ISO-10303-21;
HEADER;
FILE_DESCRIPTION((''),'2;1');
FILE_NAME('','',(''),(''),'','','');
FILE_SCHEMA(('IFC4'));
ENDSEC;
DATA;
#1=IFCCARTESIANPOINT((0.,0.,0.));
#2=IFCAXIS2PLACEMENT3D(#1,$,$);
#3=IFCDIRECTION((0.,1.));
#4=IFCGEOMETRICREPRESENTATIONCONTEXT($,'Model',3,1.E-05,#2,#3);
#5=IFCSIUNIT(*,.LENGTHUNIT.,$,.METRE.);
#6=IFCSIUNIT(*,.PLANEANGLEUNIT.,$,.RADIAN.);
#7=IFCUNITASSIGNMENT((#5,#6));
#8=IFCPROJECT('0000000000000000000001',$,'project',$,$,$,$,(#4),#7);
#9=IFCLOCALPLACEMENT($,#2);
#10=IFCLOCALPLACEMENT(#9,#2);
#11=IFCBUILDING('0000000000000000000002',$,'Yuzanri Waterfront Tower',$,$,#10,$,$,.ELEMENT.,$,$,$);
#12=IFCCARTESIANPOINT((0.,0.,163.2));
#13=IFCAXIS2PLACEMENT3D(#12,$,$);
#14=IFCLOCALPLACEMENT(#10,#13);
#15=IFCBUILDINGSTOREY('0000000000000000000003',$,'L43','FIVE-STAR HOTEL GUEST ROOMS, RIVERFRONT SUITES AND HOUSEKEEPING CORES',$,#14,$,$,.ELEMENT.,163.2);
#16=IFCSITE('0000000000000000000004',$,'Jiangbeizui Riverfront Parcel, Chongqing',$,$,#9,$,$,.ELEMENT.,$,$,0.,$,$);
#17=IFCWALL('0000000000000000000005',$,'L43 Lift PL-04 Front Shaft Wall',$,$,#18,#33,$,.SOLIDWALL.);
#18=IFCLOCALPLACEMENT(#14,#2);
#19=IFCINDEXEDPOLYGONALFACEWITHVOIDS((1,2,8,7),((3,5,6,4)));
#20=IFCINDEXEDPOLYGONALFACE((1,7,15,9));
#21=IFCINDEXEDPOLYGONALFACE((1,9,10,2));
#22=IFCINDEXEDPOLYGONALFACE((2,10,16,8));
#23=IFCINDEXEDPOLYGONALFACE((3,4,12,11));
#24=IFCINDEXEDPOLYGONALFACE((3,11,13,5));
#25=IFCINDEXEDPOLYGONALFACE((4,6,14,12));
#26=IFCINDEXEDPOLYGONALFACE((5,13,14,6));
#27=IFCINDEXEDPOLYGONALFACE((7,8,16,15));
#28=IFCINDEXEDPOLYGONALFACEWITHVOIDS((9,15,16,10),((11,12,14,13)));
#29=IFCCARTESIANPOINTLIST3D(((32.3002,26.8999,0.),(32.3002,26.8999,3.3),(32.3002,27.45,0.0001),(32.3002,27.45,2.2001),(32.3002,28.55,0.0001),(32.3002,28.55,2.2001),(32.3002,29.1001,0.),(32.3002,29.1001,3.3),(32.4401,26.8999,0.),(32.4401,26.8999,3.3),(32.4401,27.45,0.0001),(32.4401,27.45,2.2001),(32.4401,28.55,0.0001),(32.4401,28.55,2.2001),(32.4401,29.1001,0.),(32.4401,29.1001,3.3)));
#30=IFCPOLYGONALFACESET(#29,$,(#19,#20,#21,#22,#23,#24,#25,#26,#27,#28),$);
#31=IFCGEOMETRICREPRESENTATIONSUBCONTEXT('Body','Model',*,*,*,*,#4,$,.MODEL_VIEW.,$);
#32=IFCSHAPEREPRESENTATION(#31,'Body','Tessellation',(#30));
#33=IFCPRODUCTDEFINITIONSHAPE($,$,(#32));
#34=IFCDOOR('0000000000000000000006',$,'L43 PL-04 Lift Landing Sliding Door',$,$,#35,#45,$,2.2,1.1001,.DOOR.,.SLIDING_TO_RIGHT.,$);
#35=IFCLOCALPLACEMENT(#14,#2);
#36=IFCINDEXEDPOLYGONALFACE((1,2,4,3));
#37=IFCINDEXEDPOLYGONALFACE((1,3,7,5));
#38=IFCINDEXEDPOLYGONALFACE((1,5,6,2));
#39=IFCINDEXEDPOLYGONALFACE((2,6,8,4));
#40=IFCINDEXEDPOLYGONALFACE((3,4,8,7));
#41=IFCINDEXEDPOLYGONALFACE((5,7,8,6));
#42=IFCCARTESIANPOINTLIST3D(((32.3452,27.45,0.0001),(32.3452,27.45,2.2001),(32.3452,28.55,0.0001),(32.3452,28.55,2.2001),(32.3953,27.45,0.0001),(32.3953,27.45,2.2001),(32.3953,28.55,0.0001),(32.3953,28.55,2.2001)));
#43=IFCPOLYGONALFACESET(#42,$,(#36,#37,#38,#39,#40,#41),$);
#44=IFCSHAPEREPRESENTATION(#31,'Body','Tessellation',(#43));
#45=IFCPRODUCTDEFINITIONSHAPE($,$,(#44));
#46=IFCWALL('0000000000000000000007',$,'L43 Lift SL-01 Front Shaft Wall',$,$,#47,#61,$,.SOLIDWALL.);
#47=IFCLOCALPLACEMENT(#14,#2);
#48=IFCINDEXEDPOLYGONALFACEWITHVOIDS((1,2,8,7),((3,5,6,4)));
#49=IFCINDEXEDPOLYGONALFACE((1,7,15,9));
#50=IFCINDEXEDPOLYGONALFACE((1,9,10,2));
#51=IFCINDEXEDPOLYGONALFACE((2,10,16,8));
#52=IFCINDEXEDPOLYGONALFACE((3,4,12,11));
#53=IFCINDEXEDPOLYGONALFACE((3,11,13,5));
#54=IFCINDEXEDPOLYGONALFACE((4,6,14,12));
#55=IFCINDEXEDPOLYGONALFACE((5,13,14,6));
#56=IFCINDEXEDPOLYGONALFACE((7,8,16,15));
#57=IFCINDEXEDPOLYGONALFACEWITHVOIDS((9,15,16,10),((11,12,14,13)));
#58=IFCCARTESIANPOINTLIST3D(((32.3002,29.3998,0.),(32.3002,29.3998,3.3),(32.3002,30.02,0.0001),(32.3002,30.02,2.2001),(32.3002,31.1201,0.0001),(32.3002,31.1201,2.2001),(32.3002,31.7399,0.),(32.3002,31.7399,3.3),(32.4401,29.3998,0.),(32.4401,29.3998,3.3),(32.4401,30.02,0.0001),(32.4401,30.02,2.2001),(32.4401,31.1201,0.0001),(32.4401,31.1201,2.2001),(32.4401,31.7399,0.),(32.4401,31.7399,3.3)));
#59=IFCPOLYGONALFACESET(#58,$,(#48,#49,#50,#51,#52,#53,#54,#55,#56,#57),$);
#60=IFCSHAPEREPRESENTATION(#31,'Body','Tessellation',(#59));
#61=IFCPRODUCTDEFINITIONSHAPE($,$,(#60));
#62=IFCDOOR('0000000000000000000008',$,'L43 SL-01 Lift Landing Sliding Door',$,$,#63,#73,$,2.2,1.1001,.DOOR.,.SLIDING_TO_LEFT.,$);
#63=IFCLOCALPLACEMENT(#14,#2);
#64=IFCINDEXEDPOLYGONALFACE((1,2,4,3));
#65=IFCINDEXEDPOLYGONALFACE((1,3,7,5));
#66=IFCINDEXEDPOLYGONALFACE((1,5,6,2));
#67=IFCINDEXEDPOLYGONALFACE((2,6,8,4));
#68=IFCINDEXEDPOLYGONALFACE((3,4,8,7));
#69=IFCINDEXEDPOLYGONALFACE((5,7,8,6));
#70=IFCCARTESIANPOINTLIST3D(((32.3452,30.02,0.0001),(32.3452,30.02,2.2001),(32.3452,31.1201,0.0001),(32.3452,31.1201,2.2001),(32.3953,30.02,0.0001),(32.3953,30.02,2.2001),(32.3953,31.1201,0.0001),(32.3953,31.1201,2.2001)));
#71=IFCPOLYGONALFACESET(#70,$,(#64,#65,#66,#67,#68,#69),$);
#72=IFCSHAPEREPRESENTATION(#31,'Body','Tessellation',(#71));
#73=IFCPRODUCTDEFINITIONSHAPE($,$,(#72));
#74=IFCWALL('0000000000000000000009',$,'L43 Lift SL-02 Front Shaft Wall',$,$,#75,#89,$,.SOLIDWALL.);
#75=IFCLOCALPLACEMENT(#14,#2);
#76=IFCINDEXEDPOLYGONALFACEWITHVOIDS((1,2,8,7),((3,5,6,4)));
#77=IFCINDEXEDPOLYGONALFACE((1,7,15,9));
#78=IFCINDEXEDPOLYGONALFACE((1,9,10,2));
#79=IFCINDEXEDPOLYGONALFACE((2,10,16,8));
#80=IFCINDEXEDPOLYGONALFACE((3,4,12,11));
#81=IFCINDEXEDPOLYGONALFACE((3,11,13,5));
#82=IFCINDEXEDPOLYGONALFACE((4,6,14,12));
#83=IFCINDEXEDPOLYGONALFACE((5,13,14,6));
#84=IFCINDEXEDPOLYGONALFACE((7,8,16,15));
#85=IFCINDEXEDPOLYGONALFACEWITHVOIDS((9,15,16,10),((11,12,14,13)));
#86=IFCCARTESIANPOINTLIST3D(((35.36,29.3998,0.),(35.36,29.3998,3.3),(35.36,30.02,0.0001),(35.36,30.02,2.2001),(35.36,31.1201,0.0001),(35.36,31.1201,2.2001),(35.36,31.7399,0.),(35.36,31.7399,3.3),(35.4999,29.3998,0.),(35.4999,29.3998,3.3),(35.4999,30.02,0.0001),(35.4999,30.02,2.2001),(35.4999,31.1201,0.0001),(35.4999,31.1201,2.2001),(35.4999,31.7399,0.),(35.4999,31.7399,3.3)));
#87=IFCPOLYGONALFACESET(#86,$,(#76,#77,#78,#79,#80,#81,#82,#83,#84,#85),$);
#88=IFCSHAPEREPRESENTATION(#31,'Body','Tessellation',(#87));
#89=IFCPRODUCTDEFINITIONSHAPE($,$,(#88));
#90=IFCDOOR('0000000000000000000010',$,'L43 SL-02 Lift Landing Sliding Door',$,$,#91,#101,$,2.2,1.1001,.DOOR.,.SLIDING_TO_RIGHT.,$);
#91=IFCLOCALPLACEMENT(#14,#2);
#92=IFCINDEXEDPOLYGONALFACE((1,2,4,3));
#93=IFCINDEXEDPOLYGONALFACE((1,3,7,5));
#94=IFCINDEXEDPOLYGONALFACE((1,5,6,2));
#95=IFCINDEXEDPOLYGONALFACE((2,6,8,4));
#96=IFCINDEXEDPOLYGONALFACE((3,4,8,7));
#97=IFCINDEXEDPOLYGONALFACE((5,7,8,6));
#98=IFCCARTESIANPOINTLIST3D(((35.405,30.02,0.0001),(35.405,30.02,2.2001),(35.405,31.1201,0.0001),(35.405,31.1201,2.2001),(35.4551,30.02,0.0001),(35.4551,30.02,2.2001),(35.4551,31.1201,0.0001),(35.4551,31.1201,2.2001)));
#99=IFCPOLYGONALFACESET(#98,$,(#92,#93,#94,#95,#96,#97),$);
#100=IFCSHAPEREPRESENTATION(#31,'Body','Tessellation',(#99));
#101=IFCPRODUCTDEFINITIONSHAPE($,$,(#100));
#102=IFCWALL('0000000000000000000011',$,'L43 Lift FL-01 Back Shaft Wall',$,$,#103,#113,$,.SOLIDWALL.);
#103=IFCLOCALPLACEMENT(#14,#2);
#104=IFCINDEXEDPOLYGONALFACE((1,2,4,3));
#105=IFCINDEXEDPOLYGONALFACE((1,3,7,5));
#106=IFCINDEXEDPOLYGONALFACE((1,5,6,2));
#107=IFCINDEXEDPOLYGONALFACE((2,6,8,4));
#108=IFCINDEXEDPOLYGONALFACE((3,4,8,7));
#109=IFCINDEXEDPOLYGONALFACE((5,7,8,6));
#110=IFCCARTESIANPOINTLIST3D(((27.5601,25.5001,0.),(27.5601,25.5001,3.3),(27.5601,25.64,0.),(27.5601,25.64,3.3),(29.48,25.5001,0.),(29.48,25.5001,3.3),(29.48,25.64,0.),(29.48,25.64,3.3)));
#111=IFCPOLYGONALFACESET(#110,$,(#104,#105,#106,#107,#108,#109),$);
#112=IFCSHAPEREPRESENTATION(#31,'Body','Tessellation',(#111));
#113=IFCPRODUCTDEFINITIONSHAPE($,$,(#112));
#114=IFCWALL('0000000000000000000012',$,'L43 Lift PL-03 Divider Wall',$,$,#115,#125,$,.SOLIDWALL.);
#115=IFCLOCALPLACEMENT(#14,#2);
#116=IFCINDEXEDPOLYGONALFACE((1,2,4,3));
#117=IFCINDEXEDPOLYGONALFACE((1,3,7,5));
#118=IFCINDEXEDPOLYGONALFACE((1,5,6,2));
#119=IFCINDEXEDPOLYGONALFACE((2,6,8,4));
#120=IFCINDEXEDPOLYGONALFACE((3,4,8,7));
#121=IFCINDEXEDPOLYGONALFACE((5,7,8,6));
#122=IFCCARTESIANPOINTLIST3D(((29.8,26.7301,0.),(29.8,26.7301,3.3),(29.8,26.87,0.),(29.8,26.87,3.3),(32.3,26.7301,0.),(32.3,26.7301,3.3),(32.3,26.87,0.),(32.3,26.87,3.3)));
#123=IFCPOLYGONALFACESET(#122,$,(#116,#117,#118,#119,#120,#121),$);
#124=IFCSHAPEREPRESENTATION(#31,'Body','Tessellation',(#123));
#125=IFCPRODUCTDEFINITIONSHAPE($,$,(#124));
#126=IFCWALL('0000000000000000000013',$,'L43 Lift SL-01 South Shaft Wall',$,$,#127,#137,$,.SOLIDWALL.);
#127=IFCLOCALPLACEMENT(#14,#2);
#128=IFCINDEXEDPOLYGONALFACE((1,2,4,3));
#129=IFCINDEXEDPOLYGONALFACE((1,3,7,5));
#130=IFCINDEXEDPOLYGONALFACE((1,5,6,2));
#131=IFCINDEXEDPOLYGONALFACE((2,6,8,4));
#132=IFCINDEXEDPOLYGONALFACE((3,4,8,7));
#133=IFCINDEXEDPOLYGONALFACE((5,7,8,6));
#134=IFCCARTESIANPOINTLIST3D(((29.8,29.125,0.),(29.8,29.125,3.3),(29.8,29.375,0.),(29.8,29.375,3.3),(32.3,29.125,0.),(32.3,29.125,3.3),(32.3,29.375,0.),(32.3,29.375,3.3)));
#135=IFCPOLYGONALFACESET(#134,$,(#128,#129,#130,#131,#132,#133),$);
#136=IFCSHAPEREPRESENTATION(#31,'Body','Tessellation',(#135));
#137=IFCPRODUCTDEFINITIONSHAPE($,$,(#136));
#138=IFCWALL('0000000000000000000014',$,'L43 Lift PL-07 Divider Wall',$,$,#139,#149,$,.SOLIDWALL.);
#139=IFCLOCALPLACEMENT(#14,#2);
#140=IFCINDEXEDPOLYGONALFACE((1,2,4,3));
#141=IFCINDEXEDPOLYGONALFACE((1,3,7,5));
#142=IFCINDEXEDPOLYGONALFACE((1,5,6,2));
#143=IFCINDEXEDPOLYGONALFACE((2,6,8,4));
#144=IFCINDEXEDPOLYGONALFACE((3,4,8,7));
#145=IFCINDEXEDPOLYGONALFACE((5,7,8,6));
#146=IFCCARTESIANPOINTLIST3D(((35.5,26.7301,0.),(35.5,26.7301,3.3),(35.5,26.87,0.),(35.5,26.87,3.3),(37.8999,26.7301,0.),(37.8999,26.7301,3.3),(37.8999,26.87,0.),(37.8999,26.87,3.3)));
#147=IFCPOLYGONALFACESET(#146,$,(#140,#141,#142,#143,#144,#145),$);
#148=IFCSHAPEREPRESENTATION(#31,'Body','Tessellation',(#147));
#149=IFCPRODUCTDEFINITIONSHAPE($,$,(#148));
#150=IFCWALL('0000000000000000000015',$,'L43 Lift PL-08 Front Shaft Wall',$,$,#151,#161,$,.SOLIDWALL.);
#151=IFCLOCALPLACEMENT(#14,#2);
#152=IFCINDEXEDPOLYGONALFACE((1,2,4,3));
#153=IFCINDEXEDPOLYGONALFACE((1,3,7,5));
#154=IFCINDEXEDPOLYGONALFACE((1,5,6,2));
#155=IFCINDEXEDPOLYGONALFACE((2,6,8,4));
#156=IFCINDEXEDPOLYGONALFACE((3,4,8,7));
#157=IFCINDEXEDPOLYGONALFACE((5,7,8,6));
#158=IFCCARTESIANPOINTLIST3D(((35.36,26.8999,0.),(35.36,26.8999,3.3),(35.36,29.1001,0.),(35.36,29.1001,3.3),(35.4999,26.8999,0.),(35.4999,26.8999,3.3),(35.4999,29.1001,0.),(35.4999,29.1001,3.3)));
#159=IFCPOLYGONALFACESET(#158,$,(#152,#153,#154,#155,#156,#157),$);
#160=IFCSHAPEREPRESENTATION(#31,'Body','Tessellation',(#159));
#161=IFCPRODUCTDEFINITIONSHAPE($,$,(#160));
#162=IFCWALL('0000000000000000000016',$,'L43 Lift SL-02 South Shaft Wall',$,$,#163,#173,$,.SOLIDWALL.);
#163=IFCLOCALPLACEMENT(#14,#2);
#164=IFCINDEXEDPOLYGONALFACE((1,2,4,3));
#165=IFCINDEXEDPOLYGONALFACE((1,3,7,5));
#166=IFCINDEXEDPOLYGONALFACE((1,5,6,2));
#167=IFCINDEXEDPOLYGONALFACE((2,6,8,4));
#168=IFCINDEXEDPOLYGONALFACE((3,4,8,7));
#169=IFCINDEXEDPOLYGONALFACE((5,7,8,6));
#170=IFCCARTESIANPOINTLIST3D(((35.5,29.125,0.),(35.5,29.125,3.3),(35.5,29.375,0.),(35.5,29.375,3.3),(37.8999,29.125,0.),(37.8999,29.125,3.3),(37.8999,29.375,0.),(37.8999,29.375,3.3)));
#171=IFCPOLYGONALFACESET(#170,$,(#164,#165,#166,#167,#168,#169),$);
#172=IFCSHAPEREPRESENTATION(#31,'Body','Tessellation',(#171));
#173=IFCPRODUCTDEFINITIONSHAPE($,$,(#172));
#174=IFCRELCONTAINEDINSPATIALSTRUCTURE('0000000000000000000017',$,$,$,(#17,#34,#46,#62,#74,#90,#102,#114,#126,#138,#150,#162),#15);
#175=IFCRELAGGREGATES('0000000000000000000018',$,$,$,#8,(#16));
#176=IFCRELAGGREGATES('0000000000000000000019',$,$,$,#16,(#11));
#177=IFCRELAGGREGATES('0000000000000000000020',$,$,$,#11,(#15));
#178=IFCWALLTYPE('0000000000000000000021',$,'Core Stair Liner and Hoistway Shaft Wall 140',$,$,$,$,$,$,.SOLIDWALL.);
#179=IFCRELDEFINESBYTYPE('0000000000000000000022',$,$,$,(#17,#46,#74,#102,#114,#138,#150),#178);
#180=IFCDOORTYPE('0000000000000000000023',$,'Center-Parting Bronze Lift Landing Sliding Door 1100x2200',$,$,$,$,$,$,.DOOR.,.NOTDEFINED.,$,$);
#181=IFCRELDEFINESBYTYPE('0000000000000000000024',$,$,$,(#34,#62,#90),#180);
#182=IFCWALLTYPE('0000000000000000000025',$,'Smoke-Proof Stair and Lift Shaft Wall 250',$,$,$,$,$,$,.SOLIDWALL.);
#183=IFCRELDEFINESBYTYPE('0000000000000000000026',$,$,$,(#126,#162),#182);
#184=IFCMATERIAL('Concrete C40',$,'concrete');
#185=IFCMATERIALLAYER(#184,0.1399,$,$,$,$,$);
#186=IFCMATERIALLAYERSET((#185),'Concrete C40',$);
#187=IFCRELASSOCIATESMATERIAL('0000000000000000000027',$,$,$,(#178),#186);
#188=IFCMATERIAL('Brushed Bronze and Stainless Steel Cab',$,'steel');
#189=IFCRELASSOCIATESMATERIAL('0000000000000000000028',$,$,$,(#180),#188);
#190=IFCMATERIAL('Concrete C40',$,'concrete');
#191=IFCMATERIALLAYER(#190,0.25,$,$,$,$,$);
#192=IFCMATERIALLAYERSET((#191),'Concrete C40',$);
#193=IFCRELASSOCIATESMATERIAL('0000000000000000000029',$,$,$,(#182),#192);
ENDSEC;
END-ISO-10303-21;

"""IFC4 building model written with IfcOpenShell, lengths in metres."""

from ifc_helpers import new_model, si_unit, direction, frame, frame_2d, origin, place, context, subcontext, project, spatial, rectangle, extrude, source, transform, mapped, material, layer, layer_set, type_object, element, fill, save


model = new_model("IFC4")

# Units and contexts
model_context = context("Model", 3, precision=1e-05, world=origin(), true_north=direction((0.0, 1.0)))
body_context = subcontext(model_context, "Body", "Model", "MODEL_VIEW")
ifc_project = project(units=[si_unit("LENGTHUNIT", "METRE"), si_unit("PLANEANGLEUNIT", "RADIAN")], contexts=[model_context])

# Site, building, storey
site_placement = place(None, origin())
site = spatial("IfcSite", under=ifc_project, at=site_placement, Name="Jiangbeizui Riverfront Parcel, Chongqing", CompositionType="ELEMENT", RefElevation=0.0)
building_placement = place(site_placement, origin())
building = spatial("IfcBuilding", under=site, at=building_placement, Name="Yuzanri Waterfront Tower", CompositionType="ELEMENT")
storey_placement = place(building_placement, frame((0.0, 0.0, 163.2)))
storey = spatial("IfcBuildingStorey", under=building, at=storey_placement, Name="L43", Description="FIVE-STAR HOTEL GUEST ROOMS, RIVERFRONT SUITES AND HOUSEKEEPING CORES", CompositionType="ELEMENT", Elevation=163.2)

# Walls, openings, doors
ifc_material_1 = material(Name="Concrete C40", Category="concrete")
ifc_layer_1 = layer(ifc_material_1, 0.1399)
ifc_layer_set_1 = layer_set([ifc_layer_1], Name="Concrete C40")
wall_type_1 = type_object("IfcWallType", Name="Core Stair Liner and Hoistway Shaft Wall 140", PredefinedType="SOLIDWALL", material=ifc_layer_set_1)
wall_1_placement = place(storey_placement, frame((32.3701, 26.8999, 0.0), z_axis=(0.0, 0.0, 1.0), x_axis=(0.0, 1.0, 0.0)))
wall_1 = element("IfcWall", 1, at=wall_1_placement, inside=storey, type_object=wall_type_1, Name="L43 Lift PL-04 Front Shaft Wall", PredefinedType="SOLIDWALL", context=body_context, shape_type="SweptSolid", body=[
    extrude(rectangle(XDim=2.2002, YDim=0.1399, at=frame_2d((1.1001, 0.0))), origin(), (0.0, 0.0, 1.0), 3.3),
])
opening_1_placement = place(wall_1_placement, frame((0.55, 0.0, 0.0)))
opening_1 = element("IfcOpeningElement", 2, at=opening_1_placement, cuts=wall_1, PredefinedType="OPENING", context=body_context, shape_type="SweptSolid", body=[
    extrude(rectangle(XDim=1.1001, YDim=2.2, at=frame_2d((0.55, 1.1001))), frame((0.0, 0.085, 0.0), z_axis=(0.0, -1.0, 0.0), x_axis=(1.0, 0.0, 0.0)), (0.0, 0.0, 1.0), 0.1697),
])
ifc_material_2 = material(Name="Brushed Bronze and Stainless Steel Cab", Category="steel")
door_type_1 = type_object("IfcDoorType", Name="Center-Parting Bronze Lift Landing Sliding Door 1100x2200", OperationType="NOTDEFINED", PredefinedType="DOOR", material=ifc_material_2)
shared_shape_1 = source(origin(), body_context, "Body", "SweptSolid", [
    extrude(rectangle(XDim=1.1001, YDim=2.2, at=frame_2d((0.55, 1.1001))), frame((0.0, 0.0249, 0.0), z_axis=(0.0, -1.0, 0.0), x_axis=(1.0, 0.0, 0.0)), (0.0, 0.0, 1.0), 0.05),
])
door_1_placement = place(opening_1_placement, origin())
door_1 = element("IfcDoor", 3, at=door_1_placement, inside=storey, type_object=door_type_1, Name="L43 PL-04 Lift Landing Sliding Door", OperationType="SLIDING_TO_RIGHT", OverallHeight=2.2, OverallWidth=1.1001, PredefinedType="DOOR", context=body_context, shape_type="MappedRepresentation", body=[
    mapped(shared_shape_1, transform((0.0, 0.0, 0.0), scale=1.0)),
])
fill(opening_1, door_1)
wall_2_placement = place(storey_placement, frame((32.3701, 29.3999, 0.0), z_axis=(0.0, 0.0, 1.0), x_axis=(0.0, 1.0, 0.0)))
wall_2 = element("IfcWall", 4, at=wall_2_placement, inside=storey, type_object=wall_type_1, Name="L43 Lift SL-01 Front Shaft Wall", PredefinedType="SOLIDWALL", context=body_context, shape_type="SweptSolid", body=[
    extrude(rectangle(XDim=2.3401, YDim=0.1399, at=frame_2d((1.1699, 0.0))), origin(), (0.0, 0.0, 1.0), 3.3),
])
opening_2_placement = place(wall_2_placement, frame((0.6201, 0.0, 0.0)))
opening_2 = element("IfcOpeningElement", 5, at=opening_2_placement, cuts=wall_2, PredefinedType="OPENING", context=body_context, shape_type="SweptSolid", body=[
    extrude(rectangle(XDim=1.1001, YDim=2.2, at=frame_2d((0.55, 1.1001))), frame((0.0, 0.085, 0.0), z_axis=(0.0, -1.0, 0.0), x_axis=(1.0, 0.0, 0.0)), (0.0, 0.0, 1.0), 0.1697),
])
door_2_placement = place(opening_2_placement, origin())
door_2 = element("IfcDoor", 6, at=door_2_placement, inside=storey, type_object=door_type_1, Name="L43 SL-01 Lift Landing Sliding Door", OperationType="SLIDING_TO_LEFT", OverallHeight=2.2, OverallWidth=1.1001, PredefinedType="DOOR", context=body_context, shape_type="MappedRepresentation", body=[
    mapped(shared_shape_1, transform((0.0, 0.0, 0.0), scale=1.0)),
])
fill(opening_2, door_2)
wall_3_placement = place(storey_placement, frame((35.4299, 29.3999, 0.0), z_axis=(0.0, 0.0, 1.0), x_axis=(0.0, 1.0, 0.0)))
wall_3 = element("IfcWall", 7, at=wall_3_placement, inside=storey, type_object=wall_type_1, Name="L43 Lift SL-02 Front Shaft Wall", PredefinedType="SOLIDWALL", context=body_context, shape_type="SweptSolid", body=[
    extrude(rectangle(XDim=2.3401, YDim=0.1399, at=frame_2d((1.1699, 0.0))), origin(), (0.0, 0.0, 1.0), 3.3),
])
opening_3_placement = place(wall_3_placement, frame((0.6201, 0.0, 0.0)))
opening_3 = element("IfcOpeningElement", 8, at=opening_3_placement, cuts=wall_3, PredefinedType="OPENING", context=body_context, shape_type="SweptSolid", body=[
    extrude(rectangle(XDim=1.1001, YDim=2.2, at=frame_2d((0.55, 1.1001))), frame((0.0, 0.085, 0.0), z_axis=(0.0, -1.0, 0.0), x_axis=(1.0, 0.0, 0.0)), (0.0, 0.0, 1.0), 0.1697),
])
door_3_placement = place(opening_3_placement, origin())
door_3 = element("IfcDoor", 9, at=door_3_placement, inside=storey, type_object=door_type_1, Name="L43 SL-02 Lift Landing Sliding Door", OperationType="SLIDING_TO_RIGHT", OverallHeight=2.2, OverallWidth=1.1001, PredefinedType="DOOR", context=body_context, shape_type="MappedRepresentation", body=[
    mapped(shared_shape_1, transform((0.0, 0.0, 0.0), scale=1.0)),
])
fill(opening_3, door_3)

# Walls
shared_shape_2 = source(origin(), body_context, "Body", "SweptSolid", [
    extrude(rectangle(XDim=1.9199, YDim=0.1399, at=frame_2d((0.96, 0.0))), origin(), (0.0, 0.0, 1.0), 3.3),
])
wall_4_placement = place(storey_placement, frame((27.5601, 25.5701, 0.0), z_axis=(0.0, 0.0, 1.0), x_axis=(1.0, 0.0, 0.0)))
element("IfcWall", 10, at=wall_4_placement, inside=storey, type_object=wall_type_1, Name="L43 Lift FL-01 Back Shaft Wall", PredefinedType="SOLIDWALL", context=body_context, shape_type="MappedRepresentation", body=[
    mapped(shared_shape_2, transform((0.0, 0.0, 0.0), scale=1.0)),
])
shared_shape_3 = source(origin(), body_context, "Body", "SweptSolid", [
    extrude(rectangle(XDim=2.5, YDim=0.1399, at=frame_2d((1.25, 0.0))), origin(), (0.0, 0.0, 1.0), 3.3),
])
wall_5_placement = place(storey_placement, frame((29.8, 26.8, 0.0), z_axis=(0.0, 0.0, 1.0), x_axis=(1.0, 0.0, 0.0)))
element("IfcWall", 11, at=wall_5_placement, inside=storey, type_object=wall_type_1, Name="L43 Lift PL-03 Divider Wall", PredefinedType="SOLIDWALL", context=body_context, shape_type="MappedRepresentation", body=[
    mapped(shared_shape_3, transform((0.0, 0.0, 0.0), scale=1.0)),
])
ifc_material_3 = material(Name="Concrete C40", Category="concrete")
ifc_layer_2 = layer(ifc_material_3, 0.25)
ifc_layer_set_2 = layer_set([ifc_layer_2], Name="Concrete C40")
wall_type_2 = type_object("IfcWallType", Name="Smoke-Proof Stair and Lift Shaft Wall 250", PredefinedType="SOLIDWALL", material=ifc_layer_set_2)
shared_shape_4 = source(origin(), body_context, "Body", "SweptSolid", [
    extrude(rectangle(XDim=2.5, YDim=0.25, at=frame_2d((1.25, 0.0))), origin(), (0.0, 0.0, 1.0), 3.3),
])
wall_6_placement = place(storey_placement, frame((29.8, 29.25, 0.0), z_axis=(0.0, 0.0, 1.0), x_axis=(1.0, 0.0, 0.0)))
element("IfcWall", 12, at=wall_6_placement, inside=storey, type_object=wall_type_2, Name="L43 Lift SL-01 South Shaft Wall", PredefinedType="SOLIDWALL", context=body_context, shape_type="MappedRepresentation", body=[
    mapped(shared_shape_4, transform((0.0, 0.0, 0.0), scale=1.0)),
])
shared_shape_5 = source(origin(), body_context, "Body", "SweptSolid", [
    extrude(rectangle(XDim=2.3999, YDim=0.1399, at=frame_2d((1.2, 0.0))), origin(), (0.0, 0.0, 1.0), 3.3),
])
wall_7_placement = place(storey_placement, frame((35.5, 26.8, 0.0), z_axis=(0.0, 0.0, 1.0), x_axis=(1.0, 0.0, 0.0)))
element("IfcWall", 13, at=wall_7_placement, inside=storey, type_object=wall_type_1, Name="L43 Lift PL-07 Divider Wall", PredefinedType="SOLIDWALL", context=body_context, shape_type="MappedRepresentation", body=[
    mapped(shared_shape_5, transform((0.0, 0.0, 0.0), scale=1.0)),
])
shared_shape_6 = source(origin(), body_context, "Body", "SweptSolid", [
    extrude(rectangle(XDim=2.2002, YDim=0.1399, at=frame_2d((1.1001, 0.0))), origin(), (0.0, 0.0, 1.0), 3.3),
])
wall_8_placement = place(storey_placement, frame((35.4299, 26.8999, 0.0), z_axis=(0.0, 0.0, 1.0), x_axis=(0.0, 1.0, 0.0)))
element("IfcWall", 14, at=wall_8_placement, inside=storey, type_object=wall_type_1, Name="L43 Lift PL-08 Front Shaft Wall", PredefinedType="SOLIDWALL", context=body_context, shape_type="MappedRepresentation", body=[
    mapped(shared_shape_6, transform((0.0, 0.0, 0.0), scale=1.0)),
])
shared_shape_7 = source(origin(), body_context, "Body", "SweptSolid", [
    extrude(rectangle(XDim=2.3999, YDim=0.25, at=frame_2d((1.2, 0.0))), origin(), (0.0, 0.0, 1.0), 3.3),
])
wall_9_placement = place(storey_placement, frame((35.5, 29.25, 0.0), z_axis=(0.0, 0.0, 1.0), x_axis=(1.0, 0.0, 0.0)))
element("IfcWall", 15, at=wall_9_placement, inside=storey, type_object=wall_type_2, Name="L43 Lift SL-02 South Shaft Wall", PredefinedType="SOLIDWALL", context=body_context, shape_type="MappedRepresentation", body=[
    mapped(shared_shape_7, transform((0.0, 0.0, 0.0), scale=1.0)),
])

save(model, "model.ifc")
